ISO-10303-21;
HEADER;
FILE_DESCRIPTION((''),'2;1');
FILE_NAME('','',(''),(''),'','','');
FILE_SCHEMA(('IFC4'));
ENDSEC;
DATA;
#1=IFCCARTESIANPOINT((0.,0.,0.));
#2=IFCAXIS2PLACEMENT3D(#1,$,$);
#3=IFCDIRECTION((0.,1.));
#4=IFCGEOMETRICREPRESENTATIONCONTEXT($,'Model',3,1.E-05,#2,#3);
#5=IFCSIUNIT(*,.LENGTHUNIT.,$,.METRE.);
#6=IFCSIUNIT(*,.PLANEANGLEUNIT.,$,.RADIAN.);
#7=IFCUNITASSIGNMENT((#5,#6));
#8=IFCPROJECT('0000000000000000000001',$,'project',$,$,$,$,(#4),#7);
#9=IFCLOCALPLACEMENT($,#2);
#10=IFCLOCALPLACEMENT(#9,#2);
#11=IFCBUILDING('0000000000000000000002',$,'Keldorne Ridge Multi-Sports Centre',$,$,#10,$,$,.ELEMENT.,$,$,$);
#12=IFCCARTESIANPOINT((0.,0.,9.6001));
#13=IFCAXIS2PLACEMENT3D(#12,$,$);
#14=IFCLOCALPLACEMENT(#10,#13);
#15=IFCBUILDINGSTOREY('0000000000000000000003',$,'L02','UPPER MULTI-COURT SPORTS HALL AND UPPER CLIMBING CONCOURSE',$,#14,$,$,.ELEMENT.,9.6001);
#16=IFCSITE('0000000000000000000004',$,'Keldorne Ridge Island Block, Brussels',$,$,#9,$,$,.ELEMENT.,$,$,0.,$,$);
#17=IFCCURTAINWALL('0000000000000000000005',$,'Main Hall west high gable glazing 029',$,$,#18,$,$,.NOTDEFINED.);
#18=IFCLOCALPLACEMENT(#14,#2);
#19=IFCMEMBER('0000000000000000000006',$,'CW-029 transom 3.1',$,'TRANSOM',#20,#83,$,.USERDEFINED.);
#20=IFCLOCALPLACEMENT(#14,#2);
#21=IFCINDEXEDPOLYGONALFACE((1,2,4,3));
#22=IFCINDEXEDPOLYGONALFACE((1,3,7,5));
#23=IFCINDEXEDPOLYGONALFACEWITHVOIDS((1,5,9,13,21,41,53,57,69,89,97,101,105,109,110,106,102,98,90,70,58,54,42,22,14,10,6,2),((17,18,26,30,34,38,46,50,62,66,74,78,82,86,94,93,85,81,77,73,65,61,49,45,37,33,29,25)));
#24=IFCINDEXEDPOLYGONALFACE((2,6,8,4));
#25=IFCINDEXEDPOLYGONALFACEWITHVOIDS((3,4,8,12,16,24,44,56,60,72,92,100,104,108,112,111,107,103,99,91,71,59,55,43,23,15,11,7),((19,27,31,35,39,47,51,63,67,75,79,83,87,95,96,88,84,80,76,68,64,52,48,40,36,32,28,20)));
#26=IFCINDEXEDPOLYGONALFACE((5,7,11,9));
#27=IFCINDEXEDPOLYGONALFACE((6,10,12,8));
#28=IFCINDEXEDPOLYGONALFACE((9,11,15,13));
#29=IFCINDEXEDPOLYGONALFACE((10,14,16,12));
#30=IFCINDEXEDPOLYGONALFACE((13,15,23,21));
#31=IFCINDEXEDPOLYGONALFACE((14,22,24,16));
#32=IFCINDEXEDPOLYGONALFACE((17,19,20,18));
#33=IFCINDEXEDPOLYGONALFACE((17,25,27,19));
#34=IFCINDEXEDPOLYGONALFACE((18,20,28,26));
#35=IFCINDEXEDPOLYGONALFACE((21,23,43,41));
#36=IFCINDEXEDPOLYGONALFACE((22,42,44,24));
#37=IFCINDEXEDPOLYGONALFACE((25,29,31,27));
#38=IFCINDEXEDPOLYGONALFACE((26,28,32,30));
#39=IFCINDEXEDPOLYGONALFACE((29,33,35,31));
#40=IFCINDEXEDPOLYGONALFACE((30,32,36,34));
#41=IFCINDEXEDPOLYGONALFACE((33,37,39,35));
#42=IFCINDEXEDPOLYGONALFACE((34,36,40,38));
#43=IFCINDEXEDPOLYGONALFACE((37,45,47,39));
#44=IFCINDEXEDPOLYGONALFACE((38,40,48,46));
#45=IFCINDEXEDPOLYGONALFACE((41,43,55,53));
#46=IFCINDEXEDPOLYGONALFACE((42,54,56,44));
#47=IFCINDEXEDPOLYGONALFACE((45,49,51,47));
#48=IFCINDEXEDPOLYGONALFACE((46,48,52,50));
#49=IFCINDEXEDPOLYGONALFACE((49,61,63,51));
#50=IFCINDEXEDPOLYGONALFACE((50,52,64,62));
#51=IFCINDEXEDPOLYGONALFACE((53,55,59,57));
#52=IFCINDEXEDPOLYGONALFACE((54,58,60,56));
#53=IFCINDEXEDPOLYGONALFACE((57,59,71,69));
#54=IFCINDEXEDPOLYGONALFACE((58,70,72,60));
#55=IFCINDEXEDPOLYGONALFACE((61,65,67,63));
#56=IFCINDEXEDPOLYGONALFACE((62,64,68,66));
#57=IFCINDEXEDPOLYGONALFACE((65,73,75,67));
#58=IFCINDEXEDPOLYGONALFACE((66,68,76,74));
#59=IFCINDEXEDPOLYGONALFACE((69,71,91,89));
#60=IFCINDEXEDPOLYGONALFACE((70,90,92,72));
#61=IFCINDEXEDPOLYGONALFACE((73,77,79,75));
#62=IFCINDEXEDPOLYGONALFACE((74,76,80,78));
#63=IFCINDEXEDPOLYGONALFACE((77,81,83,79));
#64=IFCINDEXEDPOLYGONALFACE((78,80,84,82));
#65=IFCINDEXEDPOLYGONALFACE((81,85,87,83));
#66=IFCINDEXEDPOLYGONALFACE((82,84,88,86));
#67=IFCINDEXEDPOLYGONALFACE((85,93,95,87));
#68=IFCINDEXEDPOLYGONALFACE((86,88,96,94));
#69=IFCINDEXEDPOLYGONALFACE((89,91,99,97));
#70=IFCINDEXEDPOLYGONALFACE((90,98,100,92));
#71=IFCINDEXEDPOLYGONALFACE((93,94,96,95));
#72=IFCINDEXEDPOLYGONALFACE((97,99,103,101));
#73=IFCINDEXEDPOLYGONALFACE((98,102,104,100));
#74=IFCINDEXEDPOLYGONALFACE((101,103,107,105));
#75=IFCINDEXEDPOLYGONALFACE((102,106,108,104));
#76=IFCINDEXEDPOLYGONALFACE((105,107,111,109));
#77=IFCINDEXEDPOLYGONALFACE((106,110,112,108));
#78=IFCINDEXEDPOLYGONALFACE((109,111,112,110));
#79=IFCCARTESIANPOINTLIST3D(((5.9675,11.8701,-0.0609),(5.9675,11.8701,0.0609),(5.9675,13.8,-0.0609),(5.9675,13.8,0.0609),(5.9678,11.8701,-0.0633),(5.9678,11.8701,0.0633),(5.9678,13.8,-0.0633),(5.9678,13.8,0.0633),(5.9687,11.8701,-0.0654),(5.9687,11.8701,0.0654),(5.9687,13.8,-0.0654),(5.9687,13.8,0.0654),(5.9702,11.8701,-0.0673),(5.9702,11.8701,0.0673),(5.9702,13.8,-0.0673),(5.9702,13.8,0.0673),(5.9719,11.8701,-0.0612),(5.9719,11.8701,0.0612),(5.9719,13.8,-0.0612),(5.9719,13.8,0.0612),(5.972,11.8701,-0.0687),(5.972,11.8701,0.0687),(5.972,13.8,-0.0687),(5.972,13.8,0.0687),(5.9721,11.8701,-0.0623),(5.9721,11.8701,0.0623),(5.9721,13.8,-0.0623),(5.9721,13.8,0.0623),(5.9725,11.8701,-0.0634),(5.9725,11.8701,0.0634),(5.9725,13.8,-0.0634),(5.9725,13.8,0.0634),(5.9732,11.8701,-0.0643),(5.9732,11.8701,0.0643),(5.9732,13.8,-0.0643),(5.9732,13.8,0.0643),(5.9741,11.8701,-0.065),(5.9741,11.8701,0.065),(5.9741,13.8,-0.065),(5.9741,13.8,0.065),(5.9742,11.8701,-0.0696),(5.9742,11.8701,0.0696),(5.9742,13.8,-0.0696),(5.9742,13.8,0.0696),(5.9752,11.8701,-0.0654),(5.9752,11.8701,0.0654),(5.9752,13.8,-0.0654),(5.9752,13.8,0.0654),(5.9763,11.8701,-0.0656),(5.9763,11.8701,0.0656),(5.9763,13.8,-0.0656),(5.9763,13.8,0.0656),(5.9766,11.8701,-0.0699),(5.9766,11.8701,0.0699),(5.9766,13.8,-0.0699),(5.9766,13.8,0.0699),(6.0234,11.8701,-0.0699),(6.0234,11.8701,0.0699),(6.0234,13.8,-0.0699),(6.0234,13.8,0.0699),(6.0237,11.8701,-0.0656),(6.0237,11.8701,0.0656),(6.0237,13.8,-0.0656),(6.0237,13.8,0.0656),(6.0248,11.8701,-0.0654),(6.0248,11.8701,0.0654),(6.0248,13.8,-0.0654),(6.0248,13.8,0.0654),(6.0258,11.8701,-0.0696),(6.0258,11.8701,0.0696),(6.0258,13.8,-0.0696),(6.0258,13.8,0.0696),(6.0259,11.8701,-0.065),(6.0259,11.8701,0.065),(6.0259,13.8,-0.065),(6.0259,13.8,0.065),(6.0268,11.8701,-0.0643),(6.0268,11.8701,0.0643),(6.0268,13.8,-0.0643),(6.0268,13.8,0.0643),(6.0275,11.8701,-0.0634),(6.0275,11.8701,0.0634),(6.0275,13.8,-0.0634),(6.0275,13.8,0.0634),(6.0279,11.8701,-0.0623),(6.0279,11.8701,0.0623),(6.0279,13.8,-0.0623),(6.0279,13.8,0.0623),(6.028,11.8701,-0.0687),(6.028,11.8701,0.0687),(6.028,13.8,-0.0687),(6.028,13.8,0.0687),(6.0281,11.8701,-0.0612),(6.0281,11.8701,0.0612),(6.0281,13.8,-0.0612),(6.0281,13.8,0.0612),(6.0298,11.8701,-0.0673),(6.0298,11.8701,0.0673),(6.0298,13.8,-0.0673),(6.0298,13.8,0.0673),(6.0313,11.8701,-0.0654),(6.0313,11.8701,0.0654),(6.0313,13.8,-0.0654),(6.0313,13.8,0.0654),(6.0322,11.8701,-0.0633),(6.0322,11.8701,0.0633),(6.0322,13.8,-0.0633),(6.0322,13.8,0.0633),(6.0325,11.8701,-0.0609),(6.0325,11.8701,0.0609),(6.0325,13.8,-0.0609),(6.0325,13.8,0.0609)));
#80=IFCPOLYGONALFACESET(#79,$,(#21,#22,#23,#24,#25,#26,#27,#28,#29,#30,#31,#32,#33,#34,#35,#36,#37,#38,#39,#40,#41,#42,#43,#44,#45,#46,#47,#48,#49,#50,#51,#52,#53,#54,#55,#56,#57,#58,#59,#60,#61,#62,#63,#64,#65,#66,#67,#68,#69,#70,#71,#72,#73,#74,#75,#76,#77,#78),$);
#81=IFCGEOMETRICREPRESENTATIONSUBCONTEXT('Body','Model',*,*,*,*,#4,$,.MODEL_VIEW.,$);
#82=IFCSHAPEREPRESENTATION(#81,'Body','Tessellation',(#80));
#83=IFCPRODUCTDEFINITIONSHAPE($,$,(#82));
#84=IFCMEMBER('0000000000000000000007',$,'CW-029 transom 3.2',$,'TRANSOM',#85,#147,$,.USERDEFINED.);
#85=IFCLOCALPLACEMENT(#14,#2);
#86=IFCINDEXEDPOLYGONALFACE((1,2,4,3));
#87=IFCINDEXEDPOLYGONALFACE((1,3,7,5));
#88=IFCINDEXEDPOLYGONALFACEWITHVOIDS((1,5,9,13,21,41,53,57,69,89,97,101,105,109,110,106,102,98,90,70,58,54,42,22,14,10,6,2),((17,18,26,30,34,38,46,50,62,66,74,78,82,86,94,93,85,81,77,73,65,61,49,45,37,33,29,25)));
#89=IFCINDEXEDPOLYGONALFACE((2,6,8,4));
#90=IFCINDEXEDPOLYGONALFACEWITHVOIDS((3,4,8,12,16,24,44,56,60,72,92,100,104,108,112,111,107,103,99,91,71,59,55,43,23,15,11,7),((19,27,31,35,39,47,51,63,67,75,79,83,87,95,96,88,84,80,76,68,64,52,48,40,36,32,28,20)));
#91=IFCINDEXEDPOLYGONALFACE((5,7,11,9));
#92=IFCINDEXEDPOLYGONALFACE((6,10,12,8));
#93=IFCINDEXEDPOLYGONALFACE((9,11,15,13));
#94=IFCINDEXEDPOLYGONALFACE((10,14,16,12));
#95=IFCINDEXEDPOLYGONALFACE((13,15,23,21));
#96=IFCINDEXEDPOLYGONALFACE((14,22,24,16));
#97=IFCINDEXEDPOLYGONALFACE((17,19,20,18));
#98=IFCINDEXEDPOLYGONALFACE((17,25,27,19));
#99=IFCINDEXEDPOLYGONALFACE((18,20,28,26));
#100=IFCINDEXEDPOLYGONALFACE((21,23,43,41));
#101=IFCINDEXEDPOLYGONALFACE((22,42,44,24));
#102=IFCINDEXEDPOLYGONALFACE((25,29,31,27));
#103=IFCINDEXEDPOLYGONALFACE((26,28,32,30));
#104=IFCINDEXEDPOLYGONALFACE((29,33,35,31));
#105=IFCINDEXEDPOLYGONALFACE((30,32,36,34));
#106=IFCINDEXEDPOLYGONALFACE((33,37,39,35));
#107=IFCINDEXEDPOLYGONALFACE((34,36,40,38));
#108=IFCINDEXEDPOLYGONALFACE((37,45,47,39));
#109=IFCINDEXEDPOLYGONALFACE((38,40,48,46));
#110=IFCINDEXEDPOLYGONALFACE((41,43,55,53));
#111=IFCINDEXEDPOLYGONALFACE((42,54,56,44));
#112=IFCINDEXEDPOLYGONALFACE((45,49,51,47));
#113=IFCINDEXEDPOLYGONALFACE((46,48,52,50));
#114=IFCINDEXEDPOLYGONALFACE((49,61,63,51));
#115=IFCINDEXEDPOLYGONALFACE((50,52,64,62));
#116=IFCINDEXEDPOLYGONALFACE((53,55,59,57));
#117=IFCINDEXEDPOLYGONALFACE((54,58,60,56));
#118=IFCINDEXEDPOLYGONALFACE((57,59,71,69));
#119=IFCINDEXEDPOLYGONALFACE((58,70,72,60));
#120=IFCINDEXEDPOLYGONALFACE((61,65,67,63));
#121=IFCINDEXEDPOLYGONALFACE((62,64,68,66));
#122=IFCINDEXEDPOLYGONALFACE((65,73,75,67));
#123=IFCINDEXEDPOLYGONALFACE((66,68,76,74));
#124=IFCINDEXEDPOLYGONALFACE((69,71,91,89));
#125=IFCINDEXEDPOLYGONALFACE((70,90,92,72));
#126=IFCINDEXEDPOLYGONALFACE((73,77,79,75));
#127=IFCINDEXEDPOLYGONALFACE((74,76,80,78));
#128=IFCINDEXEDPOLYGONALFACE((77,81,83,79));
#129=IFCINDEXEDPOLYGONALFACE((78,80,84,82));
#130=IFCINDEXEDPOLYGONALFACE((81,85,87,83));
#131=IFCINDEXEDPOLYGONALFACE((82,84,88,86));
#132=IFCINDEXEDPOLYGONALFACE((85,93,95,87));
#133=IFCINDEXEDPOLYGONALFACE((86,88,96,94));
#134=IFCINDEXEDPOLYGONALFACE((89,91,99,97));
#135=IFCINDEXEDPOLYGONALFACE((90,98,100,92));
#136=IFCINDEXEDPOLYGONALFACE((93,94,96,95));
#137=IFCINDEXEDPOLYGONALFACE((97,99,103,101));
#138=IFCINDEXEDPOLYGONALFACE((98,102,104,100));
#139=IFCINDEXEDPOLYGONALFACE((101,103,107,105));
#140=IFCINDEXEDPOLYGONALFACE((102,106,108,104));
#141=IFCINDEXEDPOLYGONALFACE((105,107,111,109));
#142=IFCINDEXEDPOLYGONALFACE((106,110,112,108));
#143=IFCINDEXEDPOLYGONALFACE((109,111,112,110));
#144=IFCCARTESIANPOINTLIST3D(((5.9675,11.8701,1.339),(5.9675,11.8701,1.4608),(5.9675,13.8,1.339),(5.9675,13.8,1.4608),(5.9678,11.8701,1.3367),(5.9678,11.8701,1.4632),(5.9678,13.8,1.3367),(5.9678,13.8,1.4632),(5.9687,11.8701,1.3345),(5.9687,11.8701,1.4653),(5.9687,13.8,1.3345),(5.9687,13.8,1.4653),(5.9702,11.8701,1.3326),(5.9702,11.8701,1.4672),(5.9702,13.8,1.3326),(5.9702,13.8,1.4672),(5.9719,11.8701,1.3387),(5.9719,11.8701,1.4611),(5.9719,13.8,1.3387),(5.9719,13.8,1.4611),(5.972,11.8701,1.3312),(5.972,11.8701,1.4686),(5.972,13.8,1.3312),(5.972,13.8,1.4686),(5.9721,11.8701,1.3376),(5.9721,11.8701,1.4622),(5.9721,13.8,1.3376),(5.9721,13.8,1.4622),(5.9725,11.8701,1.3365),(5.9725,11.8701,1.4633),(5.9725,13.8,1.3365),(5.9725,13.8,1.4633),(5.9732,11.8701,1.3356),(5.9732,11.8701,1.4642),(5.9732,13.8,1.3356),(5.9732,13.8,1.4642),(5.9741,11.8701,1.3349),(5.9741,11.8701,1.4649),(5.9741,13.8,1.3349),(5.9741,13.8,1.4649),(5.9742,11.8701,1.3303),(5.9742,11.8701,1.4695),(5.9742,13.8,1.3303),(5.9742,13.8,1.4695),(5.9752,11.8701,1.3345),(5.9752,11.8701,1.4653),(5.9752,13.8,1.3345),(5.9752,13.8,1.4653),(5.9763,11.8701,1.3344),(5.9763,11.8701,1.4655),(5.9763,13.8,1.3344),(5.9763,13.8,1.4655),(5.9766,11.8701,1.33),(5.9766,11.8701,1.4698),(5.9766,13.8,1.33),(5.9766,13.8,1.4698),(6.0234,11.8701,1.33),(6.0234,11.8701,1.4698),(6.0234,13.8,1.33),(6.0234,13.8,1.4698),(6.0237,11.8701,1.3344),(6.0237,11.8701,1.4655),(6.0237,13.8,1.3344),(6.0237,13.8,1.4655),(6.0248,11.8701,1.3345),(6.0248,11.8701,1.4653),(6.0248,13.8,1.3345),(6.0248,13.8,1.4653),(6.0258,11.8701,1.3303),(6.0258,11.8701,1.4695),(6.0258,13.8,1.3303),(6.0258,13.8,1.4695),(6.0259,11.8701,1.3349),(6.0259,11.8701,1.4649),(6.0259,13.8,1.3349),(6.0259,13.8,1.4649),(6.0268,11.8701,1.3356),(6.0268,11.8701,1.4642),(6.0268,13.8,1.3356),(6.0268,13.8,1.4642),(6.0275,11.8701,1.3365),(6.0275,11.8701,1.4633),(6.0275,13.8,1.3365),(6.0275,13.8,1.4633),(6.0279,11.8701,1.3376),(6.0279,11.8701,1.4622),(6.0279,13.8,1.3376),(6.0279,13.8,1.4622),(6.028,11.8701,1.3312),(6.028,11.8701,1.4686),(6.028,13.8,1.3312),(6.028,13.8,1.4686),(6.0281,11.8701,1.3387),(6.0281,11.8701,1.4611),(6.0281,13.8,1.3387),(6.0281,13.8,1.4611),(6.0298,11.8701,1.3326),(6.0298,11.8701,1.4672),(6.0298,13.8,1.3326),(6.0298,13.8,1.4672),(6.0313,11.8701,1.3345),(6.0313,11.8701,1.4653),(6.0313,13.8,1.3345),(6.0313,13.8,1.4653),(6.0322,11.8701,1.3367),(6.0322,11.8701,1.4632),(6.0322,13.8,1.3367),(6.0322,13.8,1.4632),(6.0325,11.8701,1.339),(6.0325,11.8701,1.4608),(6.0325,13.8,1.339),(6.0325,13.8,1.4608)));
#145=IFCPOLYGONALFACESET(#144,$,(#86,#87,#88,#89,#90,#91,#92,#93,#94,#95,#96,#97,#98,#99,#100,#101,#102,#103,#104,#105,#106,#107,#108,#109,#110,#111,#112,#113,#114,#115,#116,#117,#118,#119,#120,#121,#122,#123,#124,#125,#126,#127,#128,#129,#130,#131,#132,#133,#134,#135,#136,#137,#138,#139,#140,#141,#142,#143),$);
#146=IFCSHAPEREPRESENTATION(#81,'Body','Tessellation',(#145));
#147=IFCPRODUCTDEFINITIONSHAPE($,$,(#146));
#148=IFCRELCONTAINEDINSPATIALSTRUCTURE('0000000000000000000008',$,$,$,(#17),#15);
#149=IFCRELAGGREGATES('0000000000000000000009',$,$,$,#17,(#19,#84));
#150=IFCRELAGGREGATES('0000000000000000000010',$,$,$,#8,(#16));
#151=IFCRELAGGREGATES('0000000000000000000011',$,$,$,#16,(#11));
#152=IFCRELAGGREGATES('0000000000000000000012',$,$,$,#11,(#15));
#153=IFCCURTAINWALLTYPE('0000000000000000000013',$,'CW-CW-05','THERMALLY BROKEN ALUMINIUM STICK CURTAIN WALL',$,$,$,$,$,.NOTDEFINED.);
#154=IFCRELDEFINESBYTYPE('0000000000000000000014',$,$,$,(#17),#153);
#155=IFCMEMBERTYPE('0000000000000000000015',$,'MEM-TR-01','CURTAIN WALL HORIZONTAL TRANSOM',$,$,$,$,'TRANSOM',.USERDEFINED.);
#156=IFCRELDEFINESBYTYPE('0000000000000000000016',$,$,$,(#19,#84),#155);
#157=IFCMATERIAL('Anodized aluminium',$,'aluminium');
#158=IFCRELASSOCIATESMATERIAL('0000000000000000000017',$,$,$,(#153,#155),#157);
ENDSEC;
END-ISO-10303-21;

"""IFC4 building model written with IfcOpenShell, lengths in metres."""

from ifc_helpers import new_model, si_unit, direction, frame, origin, origin_2d, place, context, subcontext, project, spatial, hollow_rectangle, extrude, material, material_profile, profile_set, type_object, element, aggregate, save


model = new_model("IFC4")

# Units and contexts
model_context = context("Model", 3, precision=1e-05, world=origin(), true_north=direction((0.0, 1.0)))
body_context = subcontext(model_context, "Body", "Model", "MODEL_VIEW")
ifc_project = project(units=[si_unit("LENGTHUNIT", "METRE"), si_unit("PLANEANGLEUNIT", "RADIAN")], contexts=[model_context])

# Site, building, storey
site_placement = place(None, origin())
site = spatial("IfcSite", under=ifc_project, at=site_placement, Name="Keldorne Ridge Island Block, Brussels", CompositionType="ELEMENT", RefElevation=0.0)
building_placement = place(site_placement, origin())
building = spatial("IfcBuilding", under=site, at=building_placement, Name="Keldorne Ridge Multi-Sports Centre", CompositionType="ELEMENT")
storey_placement = place(building_placement, frame((0.0, 0.0, 9.6001)))
storey = spatial("IfcBuildingStorey", under=building, at=storey_placement, Name="L02", Description="UPPER MULTI-COURT SPORTS HALL AND UPPER CLIMBING CONCOURSE", CompositionType="ELEMENT", Elevation=9.6001)

# Curtain wall
ifc_material_1 = material(Name="Anodized aluminium", Category="aluminium")
curtain_wall_type_1 = type_object("IfcCurtainWallType", Name="CW-CW-05", Description="THERMALLY BROKEN ALUMINIUM STICK CURTAIN WALL", PredefinedType="NOTDEFINED", material=ifc_material_1)
curtain_wall_1_placement = place(storey_placement, origin())
curtain_wall_1 = element("IfcCurtainWall", 1, at=curtain_wall_1_placement, inside=storey, type_object=curtain_wall_type_1, Name="Main Hall west high gable glazing 029", PredefinedType="NOTDEFINED")

# Members
ifc_material_profile_1 = material_profile(ifc_material_1, hollow_rectangle(XDim=0.0649, YDim=0.1399, WallThickness=0.0044, InnerFilletRadius=0.0044, OuterFilletRadius=0.009, at=origin_2d()), Name="ALU TRANSOM 140x65x4.5")
ifc_profile_set_1 = profile_set([ifc_material_profile_1], Name="Anodized aluminium")
member_type_1 = type_object("IfcMemberType", Name="MEM-TR-01", Description="CURTAIN WALL HORIZONTAL TRANSOM", ElementType="TRANSOM", PredefinedType="USERDEFINED", material=ifc_profile_set_1)
member_1_placement = place(storey_placement, frame((6.0, 13.8, 0.0), z_axis=(0.0, -1.0, 0.0), x_axis=(1.0, 0.0, 0.0)))
member_1 = element("IfcMember", 2, at=member_1_placement, type_object=member_type_1, Name="CW-029 transom 3.1", ObjectType="TRANSOM", PredefinedType="USERDEFINED", context=body_context, shape_type="SweptSolid", body=[
    extrude(hollow_rectangle(XDim=0.0649, YDim=0.1399, WallThickness=0.0044, InnerFilletRadius=0.0044, OuterFilletRadius=0.009, at=origin_2d()), origin(), (0.0, 0.0, 1.0), 1.9299),
])
member_2_placement = place(storey_placement, frame((6.0, 13.8, 1.3999), z_axis=(0.0, -1.0, 0.0), x_axis=(1.0, 0.0, 0.0)))
member_2 = element("IfcMember", 3, at=member_2_placement, type_object=member_type_1, Name="CW-029 transom 3.2", ObjectType="TRANSOM", PredefinedType="USERDEFINED", context=body_context, shape_type="SweptSolid", body=[
    extrude(hollow_rectangle(XDim=0.0649, YDim=0.1399, WallThickness=0.0044, InnerFilletRadius=0.0044, OuterFilletRadius=0.009, at=origin_2d()), origin(), (0.0, 0.0, 1.0), 1.9299),
])

aggregate(curtain_wall_1, [member_1, member_2])

save(model, "model.ifc")
